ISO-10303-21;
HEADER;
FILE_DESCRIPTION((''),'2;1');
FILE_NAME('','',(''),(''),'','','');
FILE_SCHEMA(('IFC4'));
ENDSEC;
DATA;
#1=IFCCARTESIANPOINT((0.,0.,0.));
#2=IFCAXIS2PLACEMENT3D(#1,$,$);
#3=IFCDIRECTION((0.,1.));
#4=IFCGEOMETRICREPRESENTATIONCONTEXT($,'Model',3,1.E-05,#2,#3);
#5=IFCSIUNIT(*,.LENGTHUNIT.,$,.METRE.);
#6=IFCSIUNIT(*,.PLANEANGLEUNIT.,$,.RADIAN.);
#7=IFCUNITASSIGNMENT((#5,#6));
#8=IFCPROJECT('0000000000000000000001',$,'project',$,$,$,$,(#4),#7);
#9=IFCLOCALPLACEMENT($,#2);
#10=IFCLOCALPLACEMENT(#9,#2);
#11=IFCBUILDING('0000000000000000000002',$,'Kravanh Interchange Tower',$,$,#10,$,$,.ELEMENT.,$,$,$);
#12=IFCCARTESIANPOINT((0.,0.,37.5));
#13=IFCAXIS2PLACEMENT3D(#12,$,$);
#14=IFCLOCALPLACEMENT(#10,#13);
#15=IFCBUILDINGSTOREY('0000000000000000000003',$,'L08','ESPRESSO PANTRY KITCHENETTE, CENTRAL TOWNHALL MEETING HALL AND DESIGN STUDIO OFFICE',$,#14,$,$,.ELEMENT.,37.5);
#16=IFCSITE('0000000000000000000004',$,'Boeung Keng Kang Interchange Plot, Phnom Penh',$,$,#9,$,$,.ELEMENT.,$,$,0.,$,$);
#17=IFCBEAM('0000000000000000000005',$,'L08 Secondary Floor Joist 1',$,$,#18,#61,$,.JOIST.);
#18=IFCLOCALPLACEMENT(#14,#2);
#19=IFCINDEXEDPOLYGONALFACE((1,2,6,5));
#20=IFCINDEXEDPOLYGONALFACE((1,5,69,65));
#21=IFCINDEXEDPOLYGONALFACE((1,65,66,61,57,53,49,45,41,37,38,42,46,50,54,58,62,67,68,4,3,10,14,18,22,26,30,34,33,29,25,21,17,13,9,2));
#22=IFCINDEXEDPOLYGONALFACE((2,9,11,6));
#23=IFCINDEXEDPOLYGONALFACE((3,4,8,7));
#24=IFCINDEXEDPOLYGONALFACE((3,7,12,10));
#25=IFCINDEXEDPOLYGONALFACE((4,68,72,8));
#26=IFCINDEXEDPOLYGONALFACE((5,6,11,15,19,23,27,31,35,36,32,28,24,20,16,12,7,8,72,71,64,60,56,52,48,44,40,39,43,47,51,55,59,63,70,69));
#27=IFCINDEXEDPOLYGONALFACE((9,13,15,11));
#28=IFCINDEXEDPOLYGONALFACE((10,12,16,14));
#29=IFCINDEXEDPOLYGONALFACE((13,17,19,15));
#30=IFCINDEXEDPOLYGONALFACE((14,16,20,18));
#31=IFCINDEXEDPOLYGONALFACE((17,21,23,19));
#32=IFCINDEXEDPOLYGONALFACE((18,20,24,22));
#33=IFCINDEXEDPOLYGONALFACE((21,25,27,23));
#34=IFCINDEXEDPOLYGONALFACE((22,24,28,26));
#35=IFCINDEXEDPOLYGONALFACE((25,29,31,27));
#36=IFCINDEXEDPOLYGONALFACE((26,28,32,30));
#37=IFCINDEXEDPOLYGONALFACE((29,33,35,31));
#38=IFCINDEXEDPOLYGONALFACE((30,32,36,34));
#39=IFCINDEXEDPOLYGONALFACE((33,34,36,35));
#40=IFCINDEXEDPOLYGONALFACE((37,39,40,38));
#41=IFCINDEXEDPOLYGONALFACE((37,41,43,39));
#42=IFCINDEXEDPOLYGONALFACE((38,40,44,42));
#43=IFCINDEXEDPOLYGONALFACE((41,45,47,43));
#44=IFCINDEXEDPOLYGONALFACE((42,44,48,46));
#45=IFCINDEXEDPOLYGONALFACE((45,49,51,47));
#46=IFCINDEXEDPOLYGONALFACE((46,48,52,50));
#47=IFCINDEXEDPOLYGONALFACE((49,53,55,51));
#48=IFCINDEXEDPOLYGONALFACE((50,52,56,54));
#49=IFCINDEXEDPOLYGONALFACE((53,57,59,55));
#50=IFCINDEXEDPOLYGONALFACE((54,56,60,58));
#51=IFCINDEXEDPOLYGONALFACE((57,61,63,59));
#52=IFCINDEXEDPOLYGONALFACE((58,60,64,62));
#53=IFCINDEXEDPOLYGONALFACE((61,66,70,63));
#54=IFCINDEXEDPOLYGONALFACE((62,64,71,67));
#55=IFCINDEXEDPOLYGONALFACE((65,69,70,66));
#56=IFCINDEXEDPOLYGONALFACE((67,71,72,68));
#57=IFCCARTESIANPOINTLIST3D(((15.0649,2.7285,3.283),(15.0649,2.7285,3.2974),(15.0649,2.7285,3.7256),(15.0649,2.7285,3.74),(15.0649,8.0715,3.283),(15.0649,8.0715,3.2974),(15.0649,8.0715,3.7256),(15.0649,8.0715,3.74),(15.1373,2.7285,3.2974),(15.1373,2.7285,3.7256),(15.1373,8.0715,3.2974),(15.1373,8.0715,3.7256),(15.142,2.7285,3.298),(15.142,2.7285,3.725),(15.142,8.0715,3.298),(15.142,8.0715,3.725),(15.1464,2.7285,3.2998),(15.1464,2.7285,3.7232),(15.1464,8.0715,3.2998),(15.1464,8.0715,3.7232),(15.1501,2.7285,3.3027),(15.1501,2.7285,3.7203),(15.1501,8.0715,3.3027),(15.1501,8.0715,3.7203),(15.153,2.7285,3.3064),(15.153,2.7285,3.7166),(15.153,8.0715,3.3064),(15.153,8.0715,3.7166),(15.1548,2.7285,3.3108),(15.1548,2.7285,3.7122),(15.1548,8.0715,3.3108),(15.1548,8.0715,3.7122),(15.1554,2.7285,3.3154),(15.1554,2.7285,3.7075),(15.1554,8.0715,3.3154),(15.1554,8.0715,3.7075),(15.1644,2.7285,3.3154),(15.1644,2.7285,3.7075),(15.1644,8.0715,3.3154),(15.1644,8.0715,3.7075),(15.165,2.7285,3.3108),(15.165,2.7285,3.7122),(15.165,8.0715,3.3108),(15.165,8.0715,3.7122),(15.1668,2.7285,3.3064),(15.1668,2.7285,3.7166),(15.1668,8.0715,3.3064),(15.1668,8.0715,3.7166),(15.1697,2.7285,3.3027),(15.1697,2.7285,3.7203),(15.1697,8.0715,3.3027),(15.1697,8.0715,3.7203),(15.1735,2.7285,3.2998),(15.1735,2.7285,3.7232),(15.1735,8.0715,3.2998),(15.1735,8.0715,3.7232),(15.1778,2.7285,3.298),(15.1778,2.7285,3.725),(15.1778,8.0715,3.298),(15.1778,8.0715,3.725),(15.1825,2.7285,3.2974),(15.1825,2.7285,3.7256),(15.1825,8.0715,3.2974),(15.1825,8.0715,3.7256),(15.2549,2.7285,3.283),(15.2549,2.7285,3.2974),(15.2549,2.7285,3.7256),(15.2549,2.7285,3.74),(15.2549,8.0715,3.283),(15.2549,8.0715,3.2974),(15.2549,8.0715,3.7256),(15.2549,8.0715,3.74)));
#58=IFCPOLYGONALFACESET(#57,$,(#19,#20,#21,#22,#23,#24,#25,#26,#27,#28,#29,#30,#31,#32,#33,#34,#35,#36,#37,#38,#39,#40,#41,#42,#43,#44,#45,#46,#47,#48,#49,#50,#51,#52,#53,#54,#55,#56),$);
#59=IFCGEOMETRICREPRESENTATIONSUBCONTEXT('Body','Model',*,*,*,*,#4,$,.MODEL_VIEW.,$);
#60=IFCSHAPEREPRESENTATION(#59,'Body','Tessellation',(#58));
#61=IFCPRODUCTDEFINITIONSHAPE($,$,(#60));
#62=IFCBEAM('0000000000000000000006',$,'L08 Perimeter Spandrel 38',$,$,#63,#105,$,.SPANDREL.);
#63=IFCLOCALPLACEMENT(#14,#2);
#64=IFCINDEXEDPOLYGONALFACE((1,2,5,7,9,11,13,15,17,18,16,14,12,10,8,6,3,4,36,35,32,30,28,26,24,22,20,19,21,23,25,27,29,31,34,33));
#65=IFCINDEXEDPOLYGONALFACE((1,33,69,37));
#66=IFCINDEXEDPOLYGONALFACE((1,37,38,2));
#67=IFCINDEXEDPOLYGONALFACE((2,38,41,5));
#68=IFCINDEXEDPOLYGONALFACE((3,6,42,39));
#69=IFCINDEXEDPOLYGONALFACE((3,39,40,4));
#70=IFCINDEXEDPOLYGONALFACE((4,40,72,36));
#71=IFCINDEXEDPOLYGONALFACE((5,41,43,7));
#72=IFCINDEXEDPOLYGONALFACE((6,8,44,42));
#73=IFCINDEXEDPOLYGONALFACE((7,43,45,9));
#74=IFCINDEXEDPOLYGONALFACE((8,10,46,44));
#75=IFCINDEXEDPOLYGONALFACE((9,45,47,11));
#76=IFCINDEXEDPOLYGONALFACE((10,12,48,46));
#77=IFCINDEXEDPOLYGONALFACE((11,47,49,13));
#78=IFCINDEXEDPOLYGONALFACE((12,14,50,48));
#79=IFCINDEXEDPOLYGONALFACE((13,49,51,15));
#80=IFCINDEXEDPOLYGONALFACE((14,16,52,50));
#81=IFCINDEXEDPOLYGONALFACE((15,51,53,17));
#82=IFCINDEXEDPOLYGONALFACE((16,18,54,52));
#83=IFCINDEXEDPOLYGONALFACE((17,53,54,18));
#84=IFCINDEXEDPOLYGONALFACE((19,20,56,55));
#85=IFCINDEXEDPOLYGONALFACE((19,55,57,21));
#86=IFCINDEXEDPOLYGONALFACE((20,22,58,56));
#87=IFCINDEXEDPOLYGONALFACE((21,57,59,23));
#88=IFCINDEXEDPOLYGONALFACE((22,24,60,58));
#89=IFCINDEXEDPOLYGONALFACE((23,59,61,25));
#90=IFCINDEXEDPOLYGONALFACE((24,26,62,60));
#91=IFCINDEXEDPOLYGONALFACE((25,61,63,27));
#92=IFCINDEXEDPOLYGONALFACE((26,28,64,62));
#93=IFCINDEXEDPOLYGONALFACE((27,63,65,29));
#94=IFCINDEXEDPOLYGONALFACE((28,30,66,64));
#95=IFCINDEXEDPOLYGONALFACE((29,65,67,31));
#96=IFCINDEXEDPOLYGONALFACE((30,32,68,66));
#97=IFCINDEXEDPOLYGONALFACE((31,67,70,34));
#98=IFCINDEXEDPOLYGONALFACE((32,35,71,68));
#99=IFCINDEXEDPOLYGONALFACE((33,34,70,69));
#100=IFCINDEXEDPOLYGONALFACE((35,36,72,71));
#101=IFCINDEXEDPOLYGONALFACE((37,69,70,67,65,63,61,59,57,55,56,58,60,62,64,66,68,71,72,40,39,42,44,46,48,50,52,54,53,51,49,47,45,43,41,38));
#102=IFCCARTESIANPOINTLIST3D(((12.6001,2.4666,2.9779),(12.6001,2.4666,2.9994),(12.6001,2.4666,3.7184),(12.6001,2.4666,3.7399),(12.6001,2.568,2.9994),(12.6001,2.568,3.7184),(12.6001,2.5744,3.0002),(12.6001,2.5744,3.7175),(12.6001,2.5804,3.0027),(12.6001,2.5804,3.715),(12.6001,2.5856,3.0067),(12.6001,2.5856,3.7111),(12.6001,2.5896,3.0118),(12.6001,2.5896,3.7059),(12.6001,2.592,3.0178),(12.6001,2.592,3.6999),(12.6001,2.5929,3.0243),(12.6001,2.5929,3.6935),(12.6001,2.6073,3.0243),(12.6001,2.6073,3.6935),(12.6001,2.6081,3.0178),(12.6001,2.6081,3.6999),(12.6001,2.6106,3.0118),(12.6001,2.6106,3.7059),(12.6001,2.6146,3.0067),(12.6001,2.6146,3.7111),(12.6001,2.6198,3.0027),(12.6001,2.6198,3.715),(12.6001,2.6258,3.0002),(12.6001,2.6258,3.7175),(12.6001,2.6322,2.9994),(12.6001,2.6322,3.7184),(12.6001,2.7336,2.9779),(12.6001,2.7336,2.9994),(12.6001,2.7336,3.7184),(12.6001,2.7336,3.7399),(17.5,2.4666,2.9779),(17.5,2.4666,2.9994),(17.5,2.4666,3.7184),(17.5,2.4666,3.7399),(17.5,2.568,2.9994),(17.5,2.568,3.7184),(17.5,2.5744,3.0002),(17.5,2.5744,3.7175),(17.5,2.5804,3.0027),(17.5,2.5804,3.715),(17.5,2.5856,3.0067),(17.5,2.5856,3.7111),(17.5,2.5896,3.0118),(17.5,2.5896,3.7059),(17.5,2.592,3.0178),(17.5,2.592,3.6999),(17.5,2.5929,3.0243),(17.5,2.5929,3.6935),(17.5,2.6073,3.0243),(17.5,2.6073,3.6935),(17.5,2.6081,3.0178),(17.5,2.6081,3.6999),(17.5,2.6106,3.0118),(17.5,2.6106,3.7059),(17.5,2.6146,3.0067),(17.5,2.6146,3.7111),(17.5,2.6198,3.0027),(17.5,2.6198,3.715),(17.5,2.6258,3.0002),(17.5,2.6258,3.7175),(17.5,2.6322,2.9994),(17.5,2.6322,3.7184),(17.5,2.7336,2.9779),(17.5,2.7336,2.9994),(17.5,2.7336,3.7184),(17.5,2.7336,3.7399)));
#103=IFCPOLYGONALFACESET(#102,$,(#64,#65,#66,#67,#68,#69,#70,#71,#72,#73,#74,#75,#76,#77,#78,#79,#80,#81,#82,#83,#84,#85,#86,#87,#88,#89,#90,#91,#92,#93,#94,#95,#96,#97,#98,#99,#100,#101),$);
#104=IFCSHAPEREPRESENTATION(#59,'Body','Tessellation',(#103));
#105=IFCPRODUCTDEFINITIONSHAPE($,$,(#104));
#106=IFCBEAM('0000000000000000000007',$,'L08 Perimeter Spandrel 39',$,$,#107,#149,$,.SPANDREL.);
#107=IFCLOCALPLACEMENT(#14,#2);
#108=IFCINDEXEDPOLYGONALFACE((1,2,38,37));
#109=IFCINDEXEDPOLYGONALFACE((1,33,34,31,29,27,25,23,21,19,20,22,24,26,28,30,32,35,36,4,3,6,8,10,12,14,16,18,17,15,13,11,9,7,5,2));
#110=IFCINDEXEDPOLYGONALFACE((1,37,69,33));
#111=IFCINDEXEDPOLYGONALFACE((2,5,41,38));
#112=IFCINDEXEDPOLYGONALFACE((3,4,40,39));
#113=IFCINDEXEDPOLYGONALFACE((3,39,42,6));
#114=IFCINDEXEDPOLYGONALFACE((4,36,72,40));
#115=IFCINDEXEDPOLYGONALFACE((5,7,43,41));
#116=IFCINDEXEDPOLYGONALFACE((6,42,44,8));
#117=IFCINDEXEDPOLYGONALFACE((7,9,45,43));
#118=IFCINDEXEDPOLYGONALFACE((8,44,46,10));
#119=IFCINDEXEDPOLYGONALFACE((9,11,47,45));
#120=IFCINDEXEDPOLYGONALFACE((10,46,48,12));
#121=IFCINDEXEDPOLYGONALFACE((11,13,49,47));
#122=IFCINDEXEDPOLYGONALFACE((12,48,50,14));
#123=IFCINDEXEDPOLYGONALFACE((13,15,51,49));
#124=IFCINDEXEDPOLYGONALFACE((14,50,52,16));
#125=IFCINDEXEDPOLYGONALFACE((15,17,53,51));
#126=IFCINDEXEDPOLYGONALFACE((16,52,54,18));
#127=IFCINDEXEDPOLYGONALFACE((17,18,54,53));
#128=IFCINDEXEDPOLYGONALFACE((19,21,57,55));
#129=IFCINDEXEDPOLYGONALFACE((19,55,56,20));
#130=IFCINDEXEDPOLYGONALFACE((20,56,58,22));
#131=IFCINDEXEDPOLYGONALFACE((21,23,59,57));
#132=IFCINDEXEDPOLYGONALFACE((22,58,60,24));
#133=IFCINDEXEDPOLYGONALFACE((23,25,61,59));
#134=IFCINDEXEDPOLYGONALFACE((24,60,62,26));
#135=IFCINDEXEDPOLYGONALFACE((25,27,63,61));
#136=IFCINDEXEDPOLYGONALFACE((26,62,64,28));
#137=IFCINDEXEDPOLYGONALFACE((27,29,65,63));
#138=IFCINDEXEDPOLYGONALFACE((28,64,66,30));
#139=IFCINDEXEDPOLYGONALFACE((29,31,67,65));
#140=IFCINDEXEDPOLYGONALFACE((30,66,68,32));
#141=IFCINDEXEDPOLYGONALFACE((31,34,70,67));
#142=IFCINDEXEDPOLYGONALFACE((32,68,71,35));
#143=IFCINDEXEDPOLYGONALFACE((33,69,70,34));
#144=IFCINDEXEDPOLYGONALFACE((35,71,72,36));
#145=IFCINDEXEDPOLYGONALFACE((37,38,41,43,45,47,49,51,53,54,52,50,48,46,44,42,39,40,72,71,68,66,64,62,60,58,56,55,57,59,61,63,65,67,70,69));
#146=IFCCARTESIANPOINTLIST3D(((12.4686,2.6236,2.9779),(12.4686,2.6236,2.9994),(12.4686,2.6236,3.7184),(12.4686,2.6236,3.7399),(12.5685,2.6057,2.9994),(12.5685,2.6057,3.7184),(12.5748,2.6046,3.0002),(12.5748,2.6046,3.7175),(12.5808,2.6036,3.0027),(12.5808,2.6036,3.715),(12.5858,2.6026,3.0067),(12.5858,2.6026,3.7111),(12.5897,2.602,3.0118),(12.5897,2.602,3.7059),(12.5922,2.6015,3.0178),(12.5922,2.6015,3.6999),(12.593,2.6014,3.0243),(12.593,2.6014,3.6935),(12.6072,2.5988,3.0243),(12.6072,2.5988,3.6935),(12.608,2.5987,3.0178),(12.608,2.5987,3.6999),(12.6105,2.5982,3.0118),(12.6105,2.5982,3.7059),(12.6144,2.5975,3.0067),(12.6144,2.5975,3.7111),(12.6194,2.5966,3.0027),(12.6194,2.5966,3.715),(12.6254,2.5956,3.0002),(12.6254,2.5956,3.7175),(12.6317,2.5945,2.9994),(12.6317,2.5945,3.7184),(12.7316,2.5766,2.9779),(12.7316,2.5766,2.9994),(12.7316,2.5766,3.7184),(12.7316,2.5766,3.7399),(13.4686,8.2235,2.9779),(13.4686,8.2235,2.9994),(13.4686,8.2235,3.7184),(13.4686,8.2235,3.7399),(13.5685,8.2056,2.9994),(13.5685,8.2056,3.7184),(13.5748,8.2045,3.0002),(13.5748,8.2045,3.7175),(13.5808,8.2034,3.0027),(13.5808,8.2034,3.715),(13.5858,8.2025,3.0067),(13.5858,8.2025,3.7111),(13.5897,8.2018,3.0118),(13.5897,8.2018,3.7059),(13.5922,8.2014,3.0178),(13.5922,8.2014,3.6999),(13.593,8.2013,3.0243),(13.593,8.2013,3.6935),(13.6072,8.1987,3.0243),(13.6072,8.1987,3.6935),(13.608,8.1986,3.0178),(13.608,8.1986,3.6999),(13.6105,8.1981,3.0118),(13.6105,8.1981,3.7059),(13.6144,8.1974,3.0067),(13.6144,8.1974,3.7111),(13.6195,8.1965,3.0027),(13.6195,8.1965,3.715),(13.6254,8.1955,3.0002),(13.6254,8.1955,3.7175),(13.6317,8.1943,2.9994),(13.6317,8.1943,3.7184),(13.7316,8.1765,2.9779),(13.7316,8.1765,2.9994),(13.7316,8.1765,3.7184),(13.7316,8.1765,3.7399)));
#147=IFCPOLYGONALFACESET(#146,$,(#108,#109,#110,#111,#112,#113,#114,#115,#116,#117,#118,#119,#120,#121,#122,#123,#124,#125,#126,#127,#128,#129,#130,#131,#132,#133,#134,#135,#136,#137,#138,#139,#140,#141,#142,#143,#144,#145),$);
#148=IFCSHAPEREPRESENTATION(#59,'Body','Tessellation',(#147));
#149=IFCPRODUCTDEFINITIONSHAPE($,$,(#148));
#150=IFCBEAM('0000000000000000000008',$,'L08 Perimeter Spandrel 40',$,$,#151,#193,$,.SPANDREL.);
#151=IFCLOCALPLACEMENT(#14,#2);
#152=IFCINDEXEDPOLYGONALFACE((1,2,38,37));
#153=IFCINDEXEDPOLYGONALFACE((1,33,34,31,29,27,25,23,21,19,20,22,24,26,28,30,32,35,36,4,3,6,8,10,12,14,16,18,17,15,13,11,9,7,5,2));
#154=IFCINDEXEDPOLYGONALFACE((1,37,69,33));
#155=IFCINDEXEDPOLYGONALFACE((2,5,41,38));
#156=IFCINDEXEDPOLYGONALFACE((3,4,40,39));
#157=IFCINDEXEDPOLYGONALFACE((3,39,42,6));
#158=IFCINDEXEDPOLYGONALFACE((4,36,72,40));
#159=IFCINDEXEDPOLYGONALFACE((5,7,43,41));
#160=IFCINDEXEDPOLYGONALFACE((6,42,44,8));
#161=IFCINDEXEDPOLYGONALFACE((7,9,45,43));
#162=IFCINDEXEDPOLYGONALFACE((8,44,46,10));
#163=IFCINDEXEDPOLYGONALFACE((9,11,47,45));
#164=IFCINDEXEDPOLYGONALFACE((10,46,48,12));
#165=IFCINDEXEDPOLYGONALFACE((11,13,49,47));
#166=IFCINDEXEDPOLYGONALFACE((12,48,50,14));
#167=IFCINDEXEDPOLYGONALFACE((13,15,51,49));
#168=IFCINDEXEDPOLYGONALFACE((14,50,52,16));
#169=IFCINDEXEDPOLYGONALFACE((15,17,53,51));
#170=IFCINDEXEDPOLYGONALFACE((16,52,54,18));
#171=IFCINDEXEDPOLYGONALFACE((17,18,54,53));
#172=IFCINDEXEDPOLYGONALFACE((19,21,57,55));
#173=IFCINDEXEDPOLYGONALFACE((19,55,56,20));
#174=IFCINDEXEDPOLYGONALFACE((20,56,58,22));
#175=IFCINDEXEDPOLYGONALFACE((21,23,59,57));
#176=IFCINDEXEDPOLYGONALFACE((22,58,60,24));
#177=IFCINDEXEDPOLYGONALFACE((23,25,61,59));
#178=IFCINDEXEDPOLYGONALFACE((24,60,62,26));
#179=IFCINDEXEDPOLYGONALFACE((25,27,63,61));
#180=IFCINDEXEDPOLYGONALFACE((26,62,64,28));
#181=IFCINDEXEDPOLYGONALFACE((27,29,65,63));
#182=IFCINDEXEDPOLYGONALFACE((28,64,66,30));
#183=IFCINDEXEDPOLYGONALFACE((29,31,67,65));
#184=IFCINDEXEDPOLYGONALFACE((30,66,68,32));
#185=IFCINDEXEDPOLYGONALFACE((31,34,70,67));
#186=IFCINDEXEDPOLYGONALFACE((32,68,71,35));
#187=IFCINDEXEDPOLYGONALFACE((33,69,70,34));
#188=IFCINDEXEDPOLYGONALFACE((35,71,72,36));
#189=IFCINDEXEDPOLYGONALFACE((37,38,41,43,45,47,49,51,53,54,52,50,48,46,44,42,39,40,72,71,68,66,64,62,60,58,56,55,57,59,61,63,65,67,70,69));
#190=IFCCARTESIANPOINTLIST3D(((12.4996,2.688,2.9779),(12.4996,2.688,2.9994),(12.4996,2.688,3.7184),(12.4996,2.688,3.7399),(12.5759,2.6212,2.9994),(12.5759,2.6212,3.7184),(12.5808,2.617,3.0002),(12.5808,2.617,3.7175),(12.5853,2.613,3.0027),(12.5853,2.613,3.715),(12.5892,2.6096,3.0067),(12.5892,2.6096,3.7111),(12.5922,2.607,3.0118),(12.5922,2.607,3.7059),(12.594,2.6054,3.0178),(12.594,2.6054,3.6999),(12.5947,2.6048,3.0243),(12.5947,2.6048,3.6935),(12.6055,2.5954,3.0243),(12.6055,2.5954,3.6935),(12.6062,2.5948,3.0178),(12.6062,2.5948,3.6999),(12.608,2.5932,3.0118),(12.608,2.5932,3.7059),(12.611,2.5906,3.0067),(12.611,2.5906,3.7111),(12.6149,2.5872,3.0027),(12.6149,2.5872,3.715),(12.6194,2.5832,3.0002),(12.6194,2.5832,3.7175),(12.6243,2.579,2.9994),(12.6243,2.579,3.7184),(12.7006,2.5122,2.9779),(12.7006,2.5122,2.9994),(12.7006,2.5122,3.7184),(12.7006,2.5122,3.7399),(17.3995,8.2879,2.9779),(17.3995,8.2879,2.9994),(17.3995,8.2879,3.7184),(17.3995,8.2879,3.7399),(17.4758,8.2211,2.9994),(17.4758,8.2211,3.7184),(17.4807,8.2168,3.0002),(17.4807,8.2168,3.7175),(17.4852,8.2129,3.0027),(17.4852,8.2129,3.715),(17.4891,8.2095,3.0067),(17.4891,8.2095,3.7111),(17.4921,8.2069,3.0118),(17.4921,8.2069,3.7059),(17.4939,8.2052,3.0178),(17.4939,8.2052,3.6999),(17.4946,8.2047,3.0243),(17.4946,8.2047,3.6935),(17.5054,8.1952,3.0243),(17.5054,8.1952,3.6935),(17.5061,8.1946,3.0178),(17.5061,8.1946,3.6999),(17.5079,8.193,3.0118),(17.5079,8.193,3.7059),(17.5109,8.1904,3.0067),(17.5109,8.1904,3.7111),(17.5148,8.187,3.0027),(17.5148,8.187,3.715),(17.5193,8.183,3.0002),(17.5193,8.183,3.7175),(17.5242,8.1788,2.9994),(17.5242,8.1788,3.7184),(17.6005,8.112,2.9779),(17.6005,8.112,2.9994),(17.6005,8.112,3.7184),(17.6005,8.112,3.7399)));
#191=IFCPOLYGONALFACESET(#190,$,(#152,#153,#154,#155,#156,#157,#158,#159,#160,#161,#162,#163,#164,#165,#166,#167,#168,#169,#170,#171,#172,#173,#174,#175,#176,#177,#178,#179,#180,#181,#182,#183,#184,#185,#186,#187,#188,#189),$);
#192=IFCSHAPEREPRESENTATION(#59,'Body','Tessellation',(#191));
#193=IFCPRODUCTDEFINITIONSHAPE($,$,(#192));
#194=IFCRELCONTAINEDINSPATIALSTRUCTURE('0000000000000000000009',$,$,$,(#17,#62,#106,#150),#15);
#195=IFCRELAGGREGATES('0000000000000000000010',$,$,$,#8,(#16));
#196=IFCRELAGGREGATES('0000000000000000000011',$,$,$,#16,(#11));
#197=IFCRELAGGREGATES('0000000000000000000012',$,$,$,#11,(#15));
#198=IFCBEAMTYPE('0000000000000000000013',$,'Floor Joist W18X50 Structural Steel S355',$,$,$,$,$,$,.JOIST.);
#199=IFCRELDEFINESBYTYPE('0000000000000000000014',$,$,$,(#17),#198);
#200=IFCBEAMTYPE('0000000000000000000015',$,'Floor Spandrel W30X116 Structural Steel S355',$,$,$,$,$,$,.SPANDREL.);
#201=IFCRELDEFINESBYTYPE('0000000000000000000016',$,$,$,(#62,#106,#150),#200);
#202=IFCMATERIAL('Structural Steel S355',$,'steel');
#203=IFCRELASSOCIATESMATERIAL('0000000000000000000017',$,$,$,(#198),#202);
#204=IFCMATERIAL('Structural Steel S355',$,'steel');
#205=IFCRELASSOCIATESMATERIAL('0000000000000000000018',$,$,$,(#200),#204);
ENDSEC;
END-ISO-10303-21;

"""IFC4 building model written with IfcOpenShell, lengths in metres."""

from ifc_helpers import new_model, si_unit, direction, frame, origin, origin_2d, place, context, subcontext, project, spatial, i_section, extrude, material, material_profile, profile_set, type_object, element, save


model = new_model("IFC4")

# Units and contexts
model_context = context("Model", 3, precision=1e-05, world=origin(), true_north=direction((0.0, 1.0)))
body_context = subcontext(model_context, "Body", "Model", "MODEL_VIEW")
ifc_project = project(units=[si_unit("LENGTHUNIT", "METRE"), si_unit("PLANEANGLEUNIT", "RADIAN")], contexts=[model_context])

# Site, building, storey
site_placement = place(None, origin())
site = spatial("IfcSite", under=ifc_project, at=site_placement, Name="Boeung Keng Kang Interchange Plot, Phnom Penh", CompositionType="ELEMENT", RefElevation=0.0)
building_placement = place(site_placement, origin())
building = spatial("IfcBuilding", under=site, at=building_placement, Name="Kravanh Interchange Tower", CompositionType="ELEMENT")
storey_placement = place(building_placement, frame((0.0, 0.0, 37.5)))
storey = spatial("IfcBuildingStorey", under=building, at=storey_placement, Name="L08", Description="ESPRESSO PANTRY KITCHENETTE, CENTRAL TOWNHALL MEETING HALL AND DESIGN STUDIO OFFICE", CompositionType="ELEMENT", Elevation=37.5)

# Beams
ifc_material_1 = material(Name="Structural Steel S355", Category="steel")
ifc_material_profile_1 = material_profile(ifc_material_1, i_section(OverallWidth=0.1899, OverallDepth=0.457, WebThickness=0.009, FlangeThickness=0.0144, FilletRadius=0.0181, at=origin_2d()), Name="W18X50")
ifc_profile_set_1 = profile_set([ifc_material_profile_1], Name="Structural Steel S355")
beam_type_1 = type_object("IfcBeamType", Name="Floor Joist W18X50 Structural Steel S355", PredefinedType="JOIST", material=ifc_profile_set_1)
beam_1_placement = place(storey_placement, frame((15.1599, 2.7285, 3.5115), z_axis=(0.0, 1.0, 0.0), x_axis=(-1.0, 0.0, 0.0)))
element("IfcBeam", 1, at=beam_1_placement, inside=storey, type_object=beam_type_1, Name="L08 Secondary Floor Joist 1", PredefinedType="JOIST", context=body_context, shape_type="SweptSolid", body=[
    extrude(i_section(OverallWidth=0.1899, OverallDepth=0.457, WebThickness=0.009, FlangeThickness=0.0144, FilletRadius=0.0181, at=origin_2d()), origin(), (0.0, 0.0, 1.0), 5.343),
])
ifc_material_2 = material(Name="Structural Steel S355", Category="steel")
ifc_material_profile_2 = material_profile(ifc_material_2, i_section(OverallWidth=0.2671, OverallDepth=0.762, WebThickness=0.0144, FlangeThickness=0.0215, FilletRadius=0.0249, at=origin_2d()), Name="W30X116")
ifc_profile_set_2 = profile_set([ifc_material_profile_2], Name="Structural Steel S355")
beam_type_2 = type_object("IfcBeamType", Name="Floor Spandrel W30X116 Structural Steel S355", PredefinedType="SPANDREL", material=ifc_profile_set_2)
beam_2_placement = place(storey_placement, frame((12.6001, 2.6001, 3.3589), z_axis=(1.0, 0.0, 0.0), x_axis=(0.0, 1.0, 0.0)))
element("IfcBeam", 2, at=beam_2_placement, inside=storey, type_object=beam_type_2, Name="L08 Perimeter Spandrel 38", PredefinedType="SPANDREL", context=body_context, shape_type="SweptSolid", body=[
    extrude(i_section(OverallWidth=0.2671, OverallDepth=0.762, WebThickness=0.0144, FlangeThickness=0.0215, FilletRadius=0.0249, at=origin_2d()), origin(), (0.0, 0.0, 1.0), 4.8999),
])
beam_3_placement = place(storey_placement, frame((12.6001, 2.6001, 3.3589), z_axis=(0.175795, 0.984427, 0.0), x_axis=(-0.984427, 0.175795, 0.0)))
element("IfcBeam", 3, at=beam_3_placement, inside=storey, type_object=beam_type_2, Name="L08 Perimeter Spandrel 39", PredefinedType="SPANDREL", context=body_context, shape_type="SweptSolid", body=[
    extrude(i_section(OverallWidth=0.2671, OverallDepth=0.762, WebThickness=0.0144, FlangeThickness=0.0215, FilletRadius=0.0249, at=origin_2d()), origin(), (0.0, 0.0, 1.0), 5.6885),
])
beam_4_placement = place(storey_placement, frame((12.6001, 2.6001, 3.3589), z_axis=(0.658507, 0.752575, 0.0), x_axis=(-0.752575, 0.658507, 0.0)))
element("IfcBeam", 4, at=beam_4_placement, inside=storey, type_object=beam_type_2, Name="L08 Perimeter Spandrel 40", PredefinedType="SPANDREL", context=body_context, shape_type="SweptSolid", body=[
    extrude(i_section(OverallWidth=0.2671, OverallDepth=0.762, WebThickness=0.0144, FlangeThickness=0.0215, FilletRadius=0.0249, at=origin_2d()), origin(), (0.0, 0.0, 1.0), 7.4409),
])

save(model, "model.ifc")
